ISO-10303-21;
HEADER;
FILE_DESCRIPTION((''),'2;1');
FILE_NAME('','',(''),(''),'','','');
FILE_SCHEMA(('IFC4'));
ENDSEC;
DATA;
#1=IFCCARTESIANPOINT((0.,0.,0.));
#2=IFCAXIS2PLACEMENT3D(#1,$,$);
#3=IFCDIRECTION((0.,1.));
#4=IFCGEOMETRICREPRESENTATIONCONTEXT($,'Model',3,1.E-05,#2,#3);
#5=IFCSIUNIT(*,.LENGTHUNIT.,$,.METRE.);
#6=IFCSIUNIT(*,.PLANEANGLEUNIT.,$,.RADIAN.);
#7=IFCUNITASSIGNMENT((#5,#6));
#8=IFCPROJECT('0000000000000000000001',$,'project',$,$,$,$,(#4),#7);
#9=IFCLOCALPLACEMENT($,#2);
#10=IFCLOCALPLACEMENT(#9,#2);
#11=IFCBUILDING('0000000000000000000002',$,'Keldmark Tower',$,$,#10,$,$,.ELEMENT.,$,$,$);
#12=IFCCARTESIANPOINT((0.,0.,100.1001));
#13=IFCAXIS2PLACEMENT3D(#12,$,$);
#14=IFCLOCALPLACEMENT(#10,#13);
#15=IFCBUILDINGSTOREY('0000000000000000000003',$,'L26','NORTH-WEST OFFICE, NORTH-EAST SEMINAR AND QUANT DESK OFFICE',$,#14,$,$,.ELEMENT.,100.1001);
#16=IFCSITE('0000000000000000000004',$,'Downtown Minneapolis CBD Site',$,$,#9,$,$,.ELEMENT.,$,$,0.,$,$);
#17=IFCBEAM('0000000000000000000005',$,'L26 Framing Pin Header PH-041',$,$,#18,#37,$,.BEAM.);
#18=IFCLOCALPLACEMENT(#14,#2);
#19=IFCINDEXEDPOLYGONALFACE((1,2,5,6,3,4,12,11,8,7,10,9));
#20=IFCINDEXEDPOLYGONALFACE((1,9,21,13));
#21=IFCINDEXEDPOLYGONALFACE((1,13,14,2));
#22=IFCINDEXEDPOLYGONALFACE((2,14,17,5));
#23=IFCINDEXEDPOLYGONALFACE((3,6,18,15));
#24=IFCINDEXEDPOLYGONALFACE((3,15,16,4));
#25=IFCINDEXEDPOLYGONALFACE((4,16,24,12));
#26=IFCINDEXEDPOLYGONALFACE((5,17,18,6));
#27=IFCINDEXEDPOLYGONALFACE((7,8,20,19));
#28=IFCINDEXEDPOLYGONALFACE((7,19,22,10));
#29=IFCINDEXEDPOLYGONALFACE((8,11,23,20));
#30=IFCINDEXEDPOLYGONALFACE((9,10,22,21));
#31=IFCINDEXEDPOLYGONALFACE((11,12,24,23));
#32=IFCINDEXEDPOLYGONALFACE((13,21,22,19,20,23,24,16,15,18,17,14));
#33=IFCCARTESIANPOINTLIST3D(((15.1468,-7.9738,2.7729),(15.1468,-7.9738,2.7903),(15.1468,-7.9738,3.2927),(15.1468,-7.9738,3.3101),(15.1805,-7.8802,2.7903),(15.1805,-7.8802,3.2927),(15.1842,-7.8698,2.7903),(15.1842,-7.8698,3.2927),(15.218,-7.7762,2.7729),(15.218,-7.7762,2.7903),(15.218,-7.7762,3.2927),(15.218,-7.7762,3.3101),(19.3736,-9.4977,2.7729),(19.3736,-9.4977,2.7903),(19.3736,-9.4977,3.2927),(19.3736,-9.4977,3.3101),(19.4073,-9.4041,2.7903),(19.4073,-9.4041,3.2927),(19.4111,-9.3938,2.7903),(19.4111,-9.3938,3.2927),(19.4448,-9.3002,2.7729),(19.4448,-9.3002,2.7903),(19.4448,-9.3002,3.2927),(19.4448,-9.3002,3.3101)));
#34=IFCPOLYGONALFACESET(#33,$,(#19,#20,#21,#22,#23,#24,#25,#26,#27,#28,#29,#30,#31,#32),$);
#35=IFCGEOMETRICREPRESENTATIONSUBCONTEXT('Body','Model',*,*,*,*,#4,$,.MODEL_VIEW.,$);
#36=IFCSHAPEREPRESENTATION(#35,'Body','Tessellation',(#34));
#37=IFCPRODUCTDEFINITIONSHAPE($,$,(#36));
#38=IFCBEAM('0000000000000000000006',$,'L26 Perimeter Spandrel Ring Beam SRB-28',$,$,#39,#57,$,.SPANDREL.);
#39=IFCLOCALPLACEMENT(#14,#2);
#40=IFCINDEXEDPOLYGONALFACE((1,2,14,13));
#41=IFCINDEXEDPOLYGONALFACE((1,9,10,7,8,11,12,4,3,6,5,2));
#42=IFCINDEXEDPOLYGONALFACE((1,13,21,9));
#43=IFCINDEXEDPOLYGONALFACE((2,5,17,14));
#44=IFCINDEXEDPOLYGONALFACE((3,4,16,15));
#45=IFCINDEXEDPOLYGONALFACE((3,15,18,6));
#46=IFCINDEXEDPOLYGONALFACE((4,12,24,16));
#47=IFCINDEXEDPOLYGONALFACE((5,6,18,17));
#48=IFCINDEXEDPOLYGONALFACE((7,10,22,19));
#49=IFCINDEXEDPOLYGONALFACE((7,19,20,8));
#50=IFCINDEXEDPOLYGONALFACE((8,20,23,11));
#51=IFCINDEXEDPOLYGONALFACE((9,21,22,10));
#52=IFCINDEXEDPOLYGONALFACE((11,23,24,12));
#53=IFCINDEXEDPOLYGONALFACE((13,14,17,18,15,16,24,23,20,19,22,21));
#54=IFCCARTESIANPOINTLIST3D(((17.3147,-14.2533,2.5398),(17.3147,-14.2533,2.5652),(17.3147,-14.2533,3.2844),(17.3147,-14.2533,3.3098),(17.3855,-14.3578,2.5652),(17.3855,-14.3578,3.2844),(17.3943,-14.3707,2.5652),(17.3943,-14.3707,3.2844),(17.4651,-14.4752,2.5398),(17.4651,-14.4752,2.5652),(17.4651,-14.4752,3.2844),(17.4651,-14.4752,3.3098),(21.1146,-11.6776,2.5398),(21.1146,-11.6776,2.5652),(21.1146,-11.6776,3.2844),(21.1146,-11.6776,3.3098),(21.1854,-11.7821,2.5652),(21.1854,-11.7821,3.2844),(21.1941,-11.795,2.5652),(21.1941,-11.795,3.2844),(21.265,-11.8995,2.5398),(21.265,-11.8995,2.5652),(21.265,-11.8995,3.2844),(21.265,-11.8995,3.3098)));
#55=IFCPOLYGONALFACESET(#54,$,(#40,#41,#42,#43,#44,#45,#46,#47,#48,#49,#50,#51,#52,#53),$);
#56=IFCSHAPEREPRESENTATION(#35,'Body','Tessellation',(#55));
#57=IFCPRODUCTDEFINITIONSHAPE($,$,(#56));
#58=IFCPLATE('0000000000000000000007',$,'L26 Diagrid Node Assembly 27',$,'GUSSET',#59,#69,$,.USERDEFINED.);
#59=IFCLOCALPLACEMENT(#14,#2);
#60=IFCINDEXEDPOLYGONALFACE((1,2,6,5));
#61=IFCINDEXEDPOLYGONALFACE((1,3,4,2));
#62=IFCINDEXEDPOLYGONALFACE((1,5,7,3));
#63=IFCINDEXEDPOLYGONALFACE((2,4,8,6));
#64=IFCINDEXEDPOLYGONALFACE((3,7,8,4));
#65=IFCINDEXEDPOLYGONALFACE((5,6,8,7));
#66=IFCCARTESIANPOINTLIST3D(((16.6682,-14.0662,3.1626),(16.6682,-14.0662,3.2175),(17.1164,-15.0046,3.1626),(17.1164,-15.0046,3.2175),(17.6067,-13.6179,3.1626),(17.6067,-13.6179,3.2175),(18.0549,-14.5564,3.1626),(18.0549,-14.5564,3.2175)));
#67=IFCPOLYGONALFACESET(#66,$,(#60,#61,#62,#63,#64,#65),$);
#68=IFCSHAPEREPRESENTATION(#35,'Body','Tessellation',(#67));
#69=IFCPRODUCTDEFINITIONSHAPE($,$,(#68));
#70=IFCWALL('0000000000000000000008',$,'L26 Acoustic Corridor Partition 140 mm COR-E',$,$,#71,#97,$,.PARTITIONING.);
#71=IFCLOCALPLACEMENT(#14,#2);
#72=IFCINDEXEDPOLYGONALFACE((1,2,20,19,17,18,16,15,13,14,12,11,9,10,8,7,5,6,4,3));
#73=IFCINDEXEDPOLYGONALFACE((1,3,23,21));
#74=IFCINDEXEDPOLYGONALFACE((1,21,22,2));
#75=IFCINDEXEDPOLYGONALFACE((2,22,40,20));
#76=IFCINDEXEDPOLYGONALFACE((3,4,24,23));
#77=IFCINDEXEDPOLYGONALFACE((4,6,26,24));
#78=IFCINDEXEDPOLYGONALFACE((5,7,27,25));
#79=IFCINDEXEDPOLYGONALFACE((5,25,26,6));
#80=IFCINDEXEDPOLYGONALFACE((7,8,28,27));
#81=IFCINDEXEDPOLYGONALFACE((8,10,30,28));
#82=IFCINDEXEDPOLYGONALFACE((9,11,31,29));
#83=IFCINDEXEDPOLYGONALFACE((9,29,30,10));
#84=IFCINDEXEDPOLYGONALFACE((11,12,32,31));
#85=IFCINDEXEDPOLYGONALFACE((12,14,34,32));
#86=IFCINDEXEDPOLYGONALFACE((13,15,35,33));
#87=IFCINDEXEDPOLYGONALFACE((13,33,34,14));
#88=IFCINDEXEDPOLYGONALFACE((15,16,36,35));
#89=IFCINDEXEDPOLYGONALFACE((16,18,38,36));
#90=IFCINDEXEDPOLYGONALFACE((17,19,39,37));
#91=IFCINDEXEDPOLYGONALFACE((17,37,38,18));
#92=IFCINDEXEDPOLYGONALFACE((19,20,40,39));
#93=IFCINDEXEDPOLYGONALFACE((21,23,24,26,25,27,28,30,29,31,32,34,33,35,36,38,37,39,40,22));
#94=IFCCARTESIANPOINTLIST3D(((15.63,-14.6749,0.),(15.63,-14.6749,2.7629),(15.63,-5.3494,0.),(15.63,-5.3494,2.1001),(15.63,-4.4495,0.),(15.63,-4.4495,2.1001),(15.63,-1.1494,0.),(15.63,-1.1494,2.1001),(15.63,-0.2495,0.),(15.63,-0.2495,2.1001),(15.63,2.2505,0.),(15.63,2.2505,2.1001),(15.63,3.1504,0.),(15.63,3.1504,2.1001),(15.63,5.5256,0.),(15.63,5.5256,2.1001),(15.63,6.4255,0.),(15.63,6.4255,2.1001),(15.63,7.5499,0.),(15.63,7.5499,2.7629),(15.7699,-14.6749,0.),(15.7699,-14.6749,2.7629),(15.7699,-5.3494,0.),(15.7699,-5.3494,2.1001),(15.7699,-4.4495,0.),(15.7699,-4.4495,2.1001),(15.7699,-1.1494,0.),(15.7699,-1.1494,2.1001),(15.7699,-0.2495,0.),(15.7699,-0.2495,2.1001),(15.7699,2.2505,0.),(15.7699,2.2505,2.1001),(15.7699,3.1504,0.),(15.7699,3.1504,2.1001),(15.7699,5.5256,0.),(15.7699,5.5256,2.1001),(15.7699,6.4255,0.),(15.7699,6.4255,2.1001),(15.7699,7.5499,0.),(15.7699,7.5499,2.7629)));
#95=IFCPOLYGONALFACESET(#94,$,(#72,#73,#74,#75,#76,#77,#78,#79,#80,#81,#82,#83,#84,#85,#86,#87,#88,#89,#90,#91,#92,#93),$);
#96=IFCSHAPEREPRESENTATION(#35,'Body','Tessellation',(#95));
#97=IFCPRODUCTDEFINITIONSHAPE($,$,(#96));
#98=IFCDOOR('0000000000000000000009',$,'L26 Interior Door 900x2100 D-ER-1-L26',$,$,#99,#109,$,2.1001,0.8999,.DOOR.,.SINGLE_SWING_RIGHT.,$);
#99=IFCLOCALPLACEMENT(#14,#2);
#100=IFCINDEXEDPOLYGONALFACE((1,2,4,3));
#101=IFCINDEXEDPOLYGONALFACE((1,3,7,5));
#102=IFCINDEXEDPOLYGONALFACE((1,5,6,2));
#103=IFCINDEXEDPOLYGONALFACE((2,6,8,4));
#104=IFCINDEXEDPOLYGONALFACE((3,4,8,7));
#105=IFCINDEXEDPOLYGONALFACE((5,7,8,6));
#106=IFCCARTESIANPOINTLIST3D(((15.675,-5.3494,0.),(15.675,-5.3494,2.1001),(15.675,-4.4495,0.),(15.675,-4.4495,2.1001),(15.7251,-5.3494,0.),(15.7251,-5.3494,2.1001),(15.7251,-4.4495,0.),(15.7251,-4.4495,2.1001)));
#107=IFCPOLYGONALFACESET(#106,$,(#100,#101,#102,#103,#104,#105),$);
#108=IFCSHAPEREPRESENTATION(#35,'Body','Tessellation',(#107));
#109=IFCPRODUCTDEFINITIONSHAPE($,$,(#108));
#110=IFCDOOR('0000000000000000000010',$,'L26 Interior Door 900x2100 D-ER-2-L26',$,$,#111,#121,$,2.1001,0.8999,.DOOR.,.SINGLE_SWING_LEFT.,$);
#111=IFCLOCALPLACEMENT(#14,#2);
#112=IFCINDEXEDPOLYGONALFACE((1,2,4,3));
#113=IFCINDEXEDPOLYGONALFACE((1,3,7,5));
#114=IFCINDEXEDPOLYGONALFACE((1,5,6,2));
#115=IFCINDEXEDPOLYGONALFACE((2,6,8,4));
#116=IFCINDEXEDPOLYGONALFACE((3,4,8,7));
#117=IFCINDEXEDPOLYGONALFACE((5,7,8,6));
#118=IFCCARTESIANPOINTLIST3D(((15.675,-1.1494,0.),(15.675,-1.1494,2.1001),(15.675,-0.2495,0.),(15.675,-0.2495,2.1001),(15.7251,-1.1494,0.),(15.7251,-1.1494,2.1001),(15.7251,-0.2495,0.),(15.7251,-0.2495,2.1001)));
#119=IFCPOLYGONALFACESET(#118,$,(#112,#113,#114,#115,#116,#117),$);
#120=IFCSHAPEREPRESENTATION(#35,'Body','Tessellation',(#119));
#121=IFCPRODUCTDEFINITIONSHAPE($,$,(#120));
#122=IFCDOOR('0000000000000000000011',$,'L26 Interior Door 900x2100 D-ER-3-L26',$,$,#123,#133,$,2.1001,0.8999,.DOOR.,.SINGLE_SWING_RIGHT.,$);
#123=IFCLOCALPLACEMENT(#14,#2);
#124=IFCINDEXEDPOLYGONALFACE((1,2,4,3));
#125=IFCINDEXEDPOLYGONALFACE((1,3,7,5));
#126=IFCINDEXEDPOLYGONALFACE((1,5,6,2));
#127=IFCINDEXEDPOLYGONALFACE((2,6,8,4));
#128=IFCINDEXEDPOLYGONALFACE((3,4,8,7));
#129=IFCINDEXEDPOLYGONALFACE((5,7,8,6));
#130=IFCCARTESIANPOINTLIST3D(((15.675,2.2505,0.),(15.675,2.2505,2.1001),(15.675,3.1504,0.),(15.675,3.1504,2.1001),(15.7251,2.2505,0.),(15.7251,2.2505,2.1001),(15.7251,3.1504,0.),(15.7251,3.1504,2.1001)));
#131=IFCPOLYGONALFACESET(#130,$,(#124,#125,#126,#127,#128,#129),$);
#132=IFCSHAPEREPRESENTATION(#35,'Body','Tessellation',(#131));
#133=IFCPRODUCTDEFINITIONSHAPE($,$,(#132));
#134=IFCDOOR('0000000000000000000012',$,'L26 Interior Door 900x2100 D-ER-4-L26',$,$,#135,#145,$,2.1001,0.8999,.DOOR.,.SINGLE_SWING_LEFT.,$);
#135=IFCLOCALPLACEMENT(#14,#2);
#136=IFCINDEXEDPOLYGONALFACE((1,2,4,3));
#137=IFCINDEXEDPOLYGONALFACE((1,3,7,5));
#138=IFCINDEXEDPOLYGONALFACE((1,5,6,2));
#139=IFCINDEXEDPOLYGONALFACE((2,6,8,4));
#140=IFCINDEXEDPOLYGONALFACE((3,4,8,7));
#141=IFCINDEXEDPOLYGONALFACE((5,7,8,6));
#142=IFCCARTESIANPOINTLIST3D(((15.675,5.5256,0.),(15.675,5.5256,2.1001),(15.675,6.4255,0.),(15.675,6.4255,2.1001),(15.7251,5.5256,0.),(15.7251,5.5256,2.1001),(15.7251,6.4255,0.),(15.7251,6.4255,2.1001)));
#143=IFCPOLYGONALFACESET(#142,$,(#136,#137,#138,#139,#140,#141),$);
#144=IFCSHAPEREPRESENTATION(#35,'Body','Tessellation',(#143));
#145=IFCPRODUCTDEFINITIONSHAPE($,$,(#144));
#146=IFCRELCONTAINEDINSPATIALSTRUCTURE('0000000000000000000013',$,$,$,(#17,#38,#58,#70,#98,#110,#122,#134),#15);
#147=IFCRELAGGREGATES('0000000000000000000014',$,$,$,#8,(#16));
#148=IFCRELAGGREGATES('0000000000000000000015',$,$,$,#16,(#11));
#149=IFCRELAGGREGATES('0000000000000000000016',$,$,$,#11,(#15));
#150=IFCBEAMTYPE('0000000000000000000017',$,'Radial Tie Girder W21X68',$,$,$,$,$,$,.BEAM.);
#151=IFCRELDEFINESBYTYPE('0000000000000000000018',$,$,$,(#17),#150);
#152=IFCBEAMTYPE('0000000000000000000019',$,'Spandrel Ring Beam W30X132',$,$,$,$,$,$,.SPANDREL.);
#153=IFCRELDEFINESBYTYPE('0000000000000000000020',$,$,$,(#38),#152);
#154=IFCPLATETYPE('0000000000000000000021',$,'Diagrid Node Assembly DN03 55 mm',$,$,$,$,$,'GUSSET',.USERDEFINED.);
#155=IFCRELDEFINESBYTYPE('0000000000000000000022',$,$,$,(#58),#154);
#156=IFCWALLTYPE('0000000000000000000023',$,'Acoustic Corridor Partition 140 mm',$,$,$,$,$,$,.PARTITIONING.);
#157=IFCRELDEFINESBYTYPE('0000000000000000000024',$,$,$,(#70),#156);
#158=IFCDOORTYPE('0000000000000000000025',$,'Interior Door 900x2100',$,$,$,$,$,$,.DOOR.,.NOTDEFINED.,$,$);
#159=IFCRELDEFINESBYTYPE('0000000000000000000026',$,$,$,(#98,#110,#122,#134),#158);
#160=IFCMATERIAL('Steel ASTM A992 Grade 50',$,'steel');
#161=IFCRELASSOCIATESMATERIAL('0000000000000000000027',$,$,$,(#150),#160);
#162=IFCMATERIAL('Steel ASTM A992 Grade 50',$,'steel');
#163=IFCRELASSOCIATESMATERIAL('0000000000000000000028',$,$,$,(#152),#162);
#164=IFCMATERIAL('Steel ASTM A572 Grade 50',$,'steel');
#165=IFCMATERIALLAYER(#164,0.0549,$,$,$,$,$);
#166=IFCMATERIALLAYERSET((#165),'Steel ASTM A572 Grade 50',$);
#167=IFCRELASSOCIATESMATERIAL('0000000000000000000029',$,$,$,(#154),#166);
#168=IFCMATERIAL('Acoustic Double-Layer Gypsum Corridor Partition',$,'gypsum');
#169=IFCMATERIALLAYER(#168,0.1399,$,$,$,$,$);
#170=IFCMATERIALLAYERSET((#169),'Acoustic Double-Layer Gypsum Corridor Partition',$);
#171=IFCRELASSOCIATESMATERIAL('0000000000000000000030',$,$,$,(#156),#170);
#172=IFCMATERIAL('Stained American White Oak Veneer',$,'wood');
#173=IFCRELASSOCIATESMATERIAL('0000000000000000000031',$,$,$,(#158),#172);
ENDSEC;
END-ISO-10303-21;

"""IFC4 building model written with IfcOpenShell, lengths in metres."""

from ifc_helpers import new_model, si_unit, direction, frame, frame_2d, origin, origin_2d, place, context, subcontext, project, spatial, rectangle, i_section, extrude, material, layer, layer_set, material_profile, profile_set, type_object, element, fill, save


model = new_model("IFC4")

# Units and contexts
model_context = context("Model", 3, precision=1e-05, world=origin(), true_north=direction((0.0, 1.0)))
body_context = subcontext(model_context, "Body", "Model", "MODEL_VIEW")
ifc_project = project(units=[si_unit("LENGTHUNIT", "METRE"), si_unit("PLANEANGLEUNIT", "RADIAN")], contexts=[model_context])

# Site, building, storey
site_placement = place(None, origin())
site = spatial("IfcSite", under=ifc_project, at=site_placement, Name="Downtown Minneapolis CBD Site", CompositionType="ELEMENT", RefElevation=0.0)
building_placement = place(site_placement, origin())
building = spatial("IfcBuilding", under=site, at=building_placement, Name="Keldmark Tower", CompositionType="ELEMENT")
storey_placement = place(building_placement, frame((0.0, 0.0, 100.1001)))
storey = spatial("IfcBuildingStorey", under=building, at=storey_placement, Name="L26", Description="NORTH-WEST OFFICE, NORTH-EAST SEMINAR AND QUANT DESK OFFICE", CompositionType="ELEMENT", Elevation=100.1001)

# Beams
ifc_material_1 = material(Name="Steel ASTM A992 Grade 50", Category="steel")
ifc_material_profile_1 = material_profile(ifc_material_1, i_section(OverallWidth=0.21, OverallDepth=0.5371, WebThickness=0.011, FlangeThickness=0.0173, at=origin_2d()), Name="W21X68")
ifc_profile_set_1 = profile_set([ifc_material_profile_1], Name="Steel ASTM A992 Grade 50")
beam_type_1 = type_object("IfcBeamType", Name="Radial Tie Girder W21X68", PredefinedType="BEAM", material=ifc_profile_set_1)
beam_1_placement = place(storey_placement, frame((15.1824, -7.875, 3.0415), z_axis=(0.940726, -0.339168, 0.0), x_axis=(0.339168, 0.940726, 0.0)))
element("IfcBeam", 1, at=beam_1_placement, inside=storey, type_object=beam_type_1, Name="L26 Framing Pin Header PH-041", PredefinedType="BEAM", context=body_context, shape_type="SweptSolid", body=[
    extrude(i_section(OverallWidth=0.21, OverallDepth=0.5371, WebThickness=0.011, FlangeThickness=0.0173, at=origin_2d()), origin(), (0.0, 0.0, 1.0), 4.4932),
])
ifc_material_2 = material(Name="Steel ASTM A992 Grade 50", Category="steel")
ifc_material_profile_2 = material_profile(ifc_material_2, i_section(OverallWidth=0.2681, OverallDepth=0.77, WebThickness=0.0156, FlangeThickness=0.0254, at=origin_2d()), Name="W30X132")
ifc_profile_set_2 = profile_set([ifc_material_profile_2], Name="Steel ASTM A992 Grade 50")
beam_type_2 = type_object("IfcBeamType", Name="Spandrel Ring Beam W30X132", PredefinedType="SPANDREL", material=ifc_profile_set_2)
beam_2_placement = place(storey_placement, frame((17.3899, -14.3643, 2.9248), z_axis=(0.827755, 0.56109, 0.0), x_axis=(-0.56109, 0.827755, 0.0)))
element("IfcBeam", 2, at=beam_2_placement, inside=storey, type_object=beam_type_2, Name="L26 Perimeter Spandrel Ring Beam SRB-28", PredefinedType="SPANDREL", context=body_context, shape_type="SweptSolid", body=[
    extrude(i_section(OverallWidth=0.2681, OverallDepth=0.77, WebThickness=0.0156, FlangeThickness=0.0254, at=origin_2d()), origin(), (0.0, 0.0, 1.0), 4.5906),
])

# Plate
ifc_material_3 = material(Name="Steel ASTM A572 Grade 50", Category="steel")
ifc_layer_1 = layer(ifc_material_3, 0.0549)
ifc_layer_set_1 = layer_set([ifc_layer_1], Name="Steel ASTM A572 Grade 50")
plate_type = type_object("IfcPlateType", Name="Diagrid Node Assembly DN03 55 mm", ElementType="GUSSET", PredefinedType="USERDEFINED", material=ifc_layer_set_1)
plate_placement = place(storey_placement, frame((17.3616, -14.3113, 3.1626), z_axis=(0.0, 0.0, 1.0), x_axis=(0.90236, 0.430984, 0.0)))
element("IfcPlate", 3, at=plate_placement, inside=storey, type_object=plate_type, Name="L26 Diagrid Node Assembly 27", ObjectType="GUSSET", PredefinedType="USERDEFINED", context=body_context, shape_type="SweptSolid", body=[
    extrude(rectangle(XDim=1.04, YDim=1.04, at=origin_2d()), origin(), (0.0, 0.0, 1.0), 0.0549),
])

# Wall, openings, doors
ifc_material_4 = material(Name="Acoustic Double-Layer Gypsum Corridor Partition", Category="gypsum")
ifc_layer_2 = layer(ifc_material_4, 0.1399)
ifc_layer_set_2 = layer_set([ifc_layer_2], Name="Acoustic Double-Layer Gypsum Corridor Partition")
wall_type_1 = type_object("IfcWallType", Name="Acoustic Corridor Partition 140 mm", PredefinedType="PARTITIONING", material=ifc_layer_set_2)
wall_1_placement = place(storey_placement, frame((15.7, -14.6748, 0.0), z_axis=(0.0, 0.0, 1.0), x_axis=(0.0, 1.0, 0.0)))
wall_1 = element("IfcWall", 4, at=wall_1_placement, inside=storey, type_object=wall_type_1, Name="L26 Acoustic Corridor Partition 140 mm COR-E", PredefinedType="PARTITIONING", context=body_context, shape_type="SweptSolid", body=[
    extrude(rectangle(XDim=22.2249, YDim=0.1399, at=frame_2d((11.1123, 0.0))), origin(), (0.0, 0.0, 1.0), 2.7629),
])
opening_1_placement = place(wall_1_placement, frame((9.3254, 0.0, 0.0)))
opening_1 = element("IfcOpeningElement", 5, at=opening_1_placement, cuts=wall_1, PredefinedType="OPENING", context=body_context, shape_type="SweptSolid", body=[
    extrude(rectangle(XDim=0.8999, YDim=2.1001, at=frame_2d((0.45, 1.05))), frame((0.0, 0.0798, 0.0), z_axis=(0.0, -1.0, 0.0), x_axis=(1.0, 0.0, 0.0)), (0.0, 0.0, 1.0), 0.1599),
])
opening_2_placement = place(wall_1_placement, frame((13.5254, 0.0, 0.0)))
opening_2 = element("IfcOpeningElement", 6, at=opening_2_placement, cuts=wall_1, PredefinedType="OPENING", context=body_context, shape_type="SweptSolid", body=[
    extrude(rectangle(XDim=0.8999, YDim=2.1001, at=frame_2d((0.45, 1.05))), frame((0.0, 0.0798, 0.0), z_axis=(0.0, -1.0, 0.0), x_axis=(1.0, 0.0, 0.0)), (0.0, 0.0, 1.0), 0.1599),
])
opening_3_placement = place(wall_1_placement, frame((16.9253, 0.0, 0.0)))
opening_3 = element("IfcOpeningElement", 7, at=opening_3_placement, cuts=wall_1, PredefinedType="OPENING", context=body_context, shape_type="SweptSolid", body=[
    extrude(rectangle(XDim=0.8999, YDim=2.1001, at=frame_2d((0.45, 1.05))), frame((0.0, 0.0798, 0.0), z_axis=(0.0, -1.0, 0.0), x_axis=(1.0, 0.0, 0.0)), (0.0, 0.0, 1.0), 0.1599),
])
opening_4_placement = place(wall_1_placement, frame((20.2004, 0.0, 0.0)))
opening_4 = element("IfcOpeningElement", 8, at=opening_4_placement, cuts=wall_1, PredefinedType="OPENING", context=body_context, shape_type="SweptSolid", body=[
    extrude(rectangle(XDim=0.8999, YDim=2.1001, at=frame_2d((0.45, 1.05))), frame((0.0, 0.0798, 0.0), z_axis=(0.0, -1.0, 0.0), x_axis=(1.0, 0.0, 0.0)), (0.0, 0.0, 1.0), 0.1599),
])
ifc_material_5 = material(Name="Stained American White Oak Veneer", Category="wood")
door_type = type_object("IfcDoorType", Name="Interior Door 900x2100", OperationType="NOTDEFINED", PredefinedType="DOOR", material=ifc_material_5)
door_1_placement = place(opening_1_placement, origin())
door_1 = element("IfcDoor", 9, at=door_1_placement, inside=storey, type_object=door_type, Name="L26 Interior Door 900x2100 D-ER-1-L26", OperationType="SINGLE_SWING_RIGHT", OverallHeight=2.1001, OverallWidth=0.8999, PredefinedType="DOOR", context=body_context, shape_type="SweptSolid", body=[
    extrude(rectangle(XDim=0.8999, YDim=2.1001, at=frame_2d((0.45, 1.05))), frame((0.0, 0.0249, 0.0), z_axis=(0.0, -1.0, 0.0), x_axis=(1.0, 0.0, 0.0)), (0.0, 0.0, 1.0), 0.05),
])
fill(opening_1, door_1)
door_2_placement = place(opening_2_placement, origin())
door_2 = element("IfcDoor", 10, at=door_2_placement, inside=storey, type_object=door_type, Name="L26 Interior Door 900x2100 D-ER-2-L26", OperationType="SINGLE_SWING_LEFT", OverallHeight=2.1001, OverallWidth=0.8999, PredefinedType="DOOR", context=body_context, shape_type="SweptSolid", body=[
    extrude(rectangle(XDim=0.8999, YDim=2.1001, at=frame_2d((0.45, 1.05))), frame((0.0, 0.0249, 0.0), z_axis=(0.0, -1.0, 0.0), x_axis=(1.0, 0.0, 0.0)), (0.0, 0.0, 1.0), 0.05),
])
fill(opening_2, door_2)
door_3_placement = place(opening_3_placement, origin())
door_3 = element("IfcDoor", 11, at=door_3_placement, inside=storey, type_object=door_type, Name="L26 Interior Door 900x2100 D-ER-3-L26", OperationType="SINGLE_SWING_RIGHT", OverallHeight=2.1001, OverallWidth=0.8999, PredefinedType="DOOR", context=body_context, shape_type="SweptSolid", body=[
    extrude(rectangle(XDim=0.8999, YDim=2.1001, at=frame_2d((0.45, 1.05))), frame((0.0, 0.0249, 0.0), z_axis=(0.0, -1.0, 0.0), x_axis=(1.0, 0.0, 0.0)), (0.0, 0.0, 1.0), 0.05),
])
fill(opening_3, door_3)
door_4_placement = place(opening_4_placement, origin())
door_4 = element("IfcDoor", 12, at=door_4_placement, inside=storey, type_object=door_type, Name="L26 Interior Door 900x2100 D-ER-4-L26", OperationType="SINGLE_SWING_LEFT", OverallHeight=2.1001, OverallWidth=0.8999, PredefinedType="DOOR", context=body_context, shape_type="SweptSolid", body=[
    extrude(rectangle(XDim=0.8999, YDim=2.1001, at=frame_2d((0.45, 1.05))), frame((0.0, 0.0249, 0.0), z_axis=(0.0, -1.0, 0.0), x_axis=(1.0, 0.0, 0.0)), (0.0, 0.0, 1.0), 0.05),
])
fill(opening_4, door_4)

save(model, "model.ifc")
